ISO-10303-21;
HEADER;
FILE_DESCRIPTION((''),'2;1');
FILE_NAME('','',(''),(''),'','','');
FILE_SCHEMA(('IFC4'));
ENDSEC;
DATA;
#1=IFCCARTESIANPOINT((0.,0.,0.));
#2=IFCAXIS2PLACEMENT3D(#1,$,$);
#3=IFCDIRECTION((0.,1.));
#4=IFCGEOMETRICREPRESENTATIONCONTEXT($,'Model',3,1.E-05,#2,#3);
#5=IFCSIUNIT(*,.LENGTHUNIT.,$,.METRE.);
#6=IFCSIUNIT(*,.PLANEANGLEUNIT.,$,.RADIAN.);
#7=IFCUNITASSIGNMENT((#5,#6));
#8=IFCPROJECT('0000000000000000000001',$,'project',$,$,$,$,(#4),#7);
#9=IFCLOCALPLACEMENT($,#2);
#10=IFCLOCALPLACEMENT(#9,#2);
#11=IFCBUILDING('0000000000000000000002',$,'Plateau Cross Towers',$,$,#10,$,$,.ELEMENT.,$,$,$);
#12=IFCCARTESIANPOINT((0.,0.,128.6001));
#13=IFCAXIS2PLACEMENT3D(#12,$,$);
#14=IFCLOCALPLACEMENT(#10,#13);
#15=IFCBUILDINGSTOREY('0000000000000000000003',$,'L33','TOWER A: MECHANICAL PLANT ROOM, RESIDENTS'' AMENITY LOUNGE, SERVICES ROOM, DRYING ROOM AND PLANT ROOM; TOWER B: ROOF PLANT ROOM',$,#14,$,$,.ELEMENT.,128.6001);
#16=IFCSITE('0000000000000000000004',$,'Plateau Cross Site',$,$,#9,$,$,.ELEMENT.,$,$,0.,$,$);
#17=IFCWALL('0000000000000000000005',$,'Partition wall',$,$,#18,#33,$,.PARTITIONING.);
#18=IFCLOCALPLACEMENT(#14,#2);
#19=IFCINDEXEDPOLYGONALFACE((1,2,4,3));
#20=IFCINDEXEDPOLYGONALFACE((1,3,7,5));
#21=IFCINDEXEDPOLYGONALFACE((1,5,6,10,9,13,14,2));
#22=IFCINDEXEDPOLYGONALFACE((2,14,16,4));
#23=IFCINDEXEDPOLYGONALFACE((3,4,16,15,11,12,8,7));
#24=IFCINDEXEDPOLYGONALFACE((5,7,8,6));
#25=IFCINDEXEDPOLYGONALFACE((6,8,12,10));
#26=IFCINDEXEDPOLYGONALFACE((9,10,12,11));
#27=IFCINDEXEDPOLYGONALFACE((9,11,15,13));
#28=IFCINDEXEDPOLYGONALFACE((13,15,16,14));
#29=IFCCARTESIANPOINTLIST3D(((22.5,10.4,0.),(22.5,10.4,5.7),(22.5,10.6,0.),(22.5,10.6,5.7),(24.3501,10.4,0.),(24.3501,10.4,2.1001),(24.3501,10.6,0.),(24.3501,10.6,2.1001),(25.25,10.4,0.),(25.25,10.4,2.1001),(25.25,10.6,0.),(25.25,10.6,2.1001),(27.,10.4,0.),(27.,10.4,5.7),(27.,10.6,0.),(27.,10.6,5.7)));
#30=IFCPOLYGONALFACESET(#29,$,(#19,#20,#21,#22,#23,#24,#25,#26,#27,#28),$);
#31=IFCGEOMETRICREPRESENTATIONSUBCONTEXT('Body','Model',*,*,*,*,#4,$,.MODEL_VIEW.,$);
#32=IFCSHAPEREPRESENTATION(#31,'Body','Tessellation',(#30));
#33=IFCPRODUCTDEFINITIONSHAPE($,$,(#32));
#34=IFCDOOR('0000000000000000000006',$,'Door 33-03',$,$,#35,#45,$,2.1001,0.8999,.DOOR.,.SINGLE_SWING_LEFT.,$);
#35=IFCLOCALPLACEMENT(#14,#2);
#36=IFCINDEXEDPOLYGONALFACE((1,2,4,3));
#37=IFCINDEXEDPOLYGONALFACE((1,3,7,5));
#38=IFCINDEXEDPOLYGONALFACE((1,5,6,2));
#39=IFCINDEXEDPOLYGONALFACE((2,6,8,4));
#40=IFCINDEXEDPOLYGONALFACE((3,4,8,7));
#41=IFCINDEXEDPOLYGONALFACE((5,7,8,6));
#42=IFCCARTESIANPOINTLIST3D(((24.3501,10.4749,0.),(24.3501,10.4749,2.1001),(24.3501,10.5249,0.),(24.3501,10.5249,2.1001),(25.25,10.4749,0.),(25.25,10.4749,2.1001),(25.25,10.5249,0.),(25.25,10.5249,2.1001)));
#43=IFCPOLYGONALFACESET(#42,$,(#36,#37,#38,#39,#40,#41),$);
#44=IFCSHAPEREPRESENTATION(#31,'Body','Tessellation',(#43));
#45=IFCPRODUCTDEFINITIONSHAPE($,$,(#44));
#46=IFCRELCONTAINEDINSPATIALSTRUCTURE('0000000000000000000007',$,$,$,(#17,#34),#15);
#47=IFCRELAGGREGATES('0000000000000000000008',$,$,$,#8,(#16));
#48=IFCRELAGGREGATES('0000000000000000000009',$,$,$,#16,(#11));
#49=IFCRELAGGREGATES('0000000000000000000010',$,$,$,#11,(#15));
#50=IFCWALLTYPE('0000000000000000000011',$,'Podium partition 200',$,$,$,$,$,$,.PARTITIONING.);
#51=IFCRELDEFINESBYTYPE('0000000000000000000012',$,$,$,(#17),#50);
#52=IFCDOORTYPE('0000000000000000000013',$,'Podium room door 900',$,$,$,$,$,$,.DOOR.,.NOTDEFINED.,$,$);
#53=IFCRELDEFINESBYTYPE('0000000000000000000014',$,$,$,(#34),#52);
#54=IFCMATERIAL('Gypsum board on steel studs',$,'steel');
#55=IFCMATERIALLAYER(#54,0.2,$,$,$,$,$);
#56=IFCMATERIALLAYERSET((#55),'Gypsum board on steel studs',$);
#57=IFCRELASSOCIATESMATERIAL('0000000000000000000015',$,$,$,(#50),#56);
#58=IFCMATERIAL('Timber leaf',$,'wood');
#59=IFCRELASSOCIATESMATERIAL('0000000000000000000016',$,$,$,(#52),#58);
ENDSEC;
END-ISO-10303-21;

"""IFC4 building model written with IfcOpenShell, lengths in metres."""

from ifc_helpers import new_model, si_unit, direction, frame, frame_2d, origin, place, context, subcontext, project, spatial, rectangle, extrude, material, layer, layer_set, type_object, element, fill, save


model = new_model("IFC4")

# Units and contexts
model_context = context("Model", 3, precision=1e-05, world=origin(), true_north=direction((0.0, 1.0)))
body_context = subcontext(model_context, "Body", "Model", "MODEL_VIEW")
ifc_project = project(units=[si_unit("LENGTHUNIT", "METRE"), si_unit("PLANEANGLEUNIT", "RADIAN")], contexts=[model_context])

# Site, building, storey
site_placement = place(None, origin())
site = spatial("IfcSite", under=ifc_project, at=site_placement, Name="Plateau Cross Site", CompositionType="ELEMENT", RefElevation=0.0)
building_placement = place(site_placement, origin())
building = spatial("IfcBuilding", under=site, at=building_placement, Name="Plateau Cross Towers", CompositionType="ELEMENT")
storey_placement = place(building_placement, frame((0.0, 0.0, 128.6001)))
storey = spatial("IfcBuildingStorey", under=building, at=storey_placement, Name="L33", Description="TOWER A: MECHANICAL PLANT ROOM, RESIDENTS' AMENITY LOUNGE, SERVICES ROOM, DRYING ROOM AND PLANT ROOM; TOWER B: ROOF PLANT ROOM", CompositionType="ELEMENT", Elevation=128.6001)

# Wall, opening, door
ifc_material_1 = material(Name="Gypsum board on steel studs", Category="steel")
ifc_layer_1 = layer(ifc_material_1, 0.2)
ifc_layer_set_1 = layer_set([ifc_layer_1], Name="Gypsum board on steel studs")
wall_type_1 = type_object("IfcWallType", Name="Podium partition 200", PredefinedType="PARTITIONING", material=ifc_layer_set_1)
wall_1_placement = place(storey_placement, frame((22.5, 10.5, 0.0), z_axis=(0.0, 0.0, 1.0), x_axis=(1.0, 0.0, 0.0)))
wall_1 = element("IfcWall", 1, at=wall_1_placement, inside=storey, type_object=wall_type_1, Name="Partition wall", PredefinedType="PARTITIONING", context=body_context, shape_type="SweptSolid", body=[
    extrude(rectangle(XDim=4.5, YDim=0.2, at=frame_2d((2.25, 0.0))), origin(), (0.0, 0.0, 1.0), 5.7),
])
opening_1_placement = place(wall_1_placement, frame((1.8501, 0.0, 0.0)))
opening_1 = element("IfcOpeningElement", 2, at=opening_1_placement, cuts=wall_1, PredefinedType="OPENING", context=body_context, shape_type="SweptSolid", body=[
    extrude(rectangle(XDim=0.8999, YDim=2.1001, at=frame_2d((0.45, 1.05))), frame((0.0, 0.1099, 0.0), z_axis=(0.0, -1.0, 0.0), x_axis=(1.0, 0.0, 0.0)), (0.0, 0.0, 1.0), 0.22),
])
ifc_material_2 = material(Name="Timber leaf", Category="wood")
door_type_1 = type_object("IfcDoorType", Name="Podium room door 900", OperationType="NOTDEFINED", PredefinedType="DOOR", material=ifc_material_2)
door_1_placement = place(opening_1_placement, origin())
door_1 = element("IfcDoor", 3, at=door_1_placement, inside=storey, type_object=door_type_1, Name="Door 33-03", OperationType="SINGLE_SWING_LEFT", OverallHeight=2.1001, OverallWidth=0.8999, PredefinedType="DOOR", context=body_context, shape_type="SweptSolid", body=[
    extrude(rectangle(XDim=0.8999, YDim=2.1001, at=frame_2d((0.45, 1.05))), frame((0.0, 0.0249, 0.0), z_axis=(0.0, -1.0, 0.0), x_axis=(1.0, 0.0, 0.0)), (0.0, 0.0, 1.0), 0.05),
])
fill(opening_1, door_1)

save(model, "model.ifc")
